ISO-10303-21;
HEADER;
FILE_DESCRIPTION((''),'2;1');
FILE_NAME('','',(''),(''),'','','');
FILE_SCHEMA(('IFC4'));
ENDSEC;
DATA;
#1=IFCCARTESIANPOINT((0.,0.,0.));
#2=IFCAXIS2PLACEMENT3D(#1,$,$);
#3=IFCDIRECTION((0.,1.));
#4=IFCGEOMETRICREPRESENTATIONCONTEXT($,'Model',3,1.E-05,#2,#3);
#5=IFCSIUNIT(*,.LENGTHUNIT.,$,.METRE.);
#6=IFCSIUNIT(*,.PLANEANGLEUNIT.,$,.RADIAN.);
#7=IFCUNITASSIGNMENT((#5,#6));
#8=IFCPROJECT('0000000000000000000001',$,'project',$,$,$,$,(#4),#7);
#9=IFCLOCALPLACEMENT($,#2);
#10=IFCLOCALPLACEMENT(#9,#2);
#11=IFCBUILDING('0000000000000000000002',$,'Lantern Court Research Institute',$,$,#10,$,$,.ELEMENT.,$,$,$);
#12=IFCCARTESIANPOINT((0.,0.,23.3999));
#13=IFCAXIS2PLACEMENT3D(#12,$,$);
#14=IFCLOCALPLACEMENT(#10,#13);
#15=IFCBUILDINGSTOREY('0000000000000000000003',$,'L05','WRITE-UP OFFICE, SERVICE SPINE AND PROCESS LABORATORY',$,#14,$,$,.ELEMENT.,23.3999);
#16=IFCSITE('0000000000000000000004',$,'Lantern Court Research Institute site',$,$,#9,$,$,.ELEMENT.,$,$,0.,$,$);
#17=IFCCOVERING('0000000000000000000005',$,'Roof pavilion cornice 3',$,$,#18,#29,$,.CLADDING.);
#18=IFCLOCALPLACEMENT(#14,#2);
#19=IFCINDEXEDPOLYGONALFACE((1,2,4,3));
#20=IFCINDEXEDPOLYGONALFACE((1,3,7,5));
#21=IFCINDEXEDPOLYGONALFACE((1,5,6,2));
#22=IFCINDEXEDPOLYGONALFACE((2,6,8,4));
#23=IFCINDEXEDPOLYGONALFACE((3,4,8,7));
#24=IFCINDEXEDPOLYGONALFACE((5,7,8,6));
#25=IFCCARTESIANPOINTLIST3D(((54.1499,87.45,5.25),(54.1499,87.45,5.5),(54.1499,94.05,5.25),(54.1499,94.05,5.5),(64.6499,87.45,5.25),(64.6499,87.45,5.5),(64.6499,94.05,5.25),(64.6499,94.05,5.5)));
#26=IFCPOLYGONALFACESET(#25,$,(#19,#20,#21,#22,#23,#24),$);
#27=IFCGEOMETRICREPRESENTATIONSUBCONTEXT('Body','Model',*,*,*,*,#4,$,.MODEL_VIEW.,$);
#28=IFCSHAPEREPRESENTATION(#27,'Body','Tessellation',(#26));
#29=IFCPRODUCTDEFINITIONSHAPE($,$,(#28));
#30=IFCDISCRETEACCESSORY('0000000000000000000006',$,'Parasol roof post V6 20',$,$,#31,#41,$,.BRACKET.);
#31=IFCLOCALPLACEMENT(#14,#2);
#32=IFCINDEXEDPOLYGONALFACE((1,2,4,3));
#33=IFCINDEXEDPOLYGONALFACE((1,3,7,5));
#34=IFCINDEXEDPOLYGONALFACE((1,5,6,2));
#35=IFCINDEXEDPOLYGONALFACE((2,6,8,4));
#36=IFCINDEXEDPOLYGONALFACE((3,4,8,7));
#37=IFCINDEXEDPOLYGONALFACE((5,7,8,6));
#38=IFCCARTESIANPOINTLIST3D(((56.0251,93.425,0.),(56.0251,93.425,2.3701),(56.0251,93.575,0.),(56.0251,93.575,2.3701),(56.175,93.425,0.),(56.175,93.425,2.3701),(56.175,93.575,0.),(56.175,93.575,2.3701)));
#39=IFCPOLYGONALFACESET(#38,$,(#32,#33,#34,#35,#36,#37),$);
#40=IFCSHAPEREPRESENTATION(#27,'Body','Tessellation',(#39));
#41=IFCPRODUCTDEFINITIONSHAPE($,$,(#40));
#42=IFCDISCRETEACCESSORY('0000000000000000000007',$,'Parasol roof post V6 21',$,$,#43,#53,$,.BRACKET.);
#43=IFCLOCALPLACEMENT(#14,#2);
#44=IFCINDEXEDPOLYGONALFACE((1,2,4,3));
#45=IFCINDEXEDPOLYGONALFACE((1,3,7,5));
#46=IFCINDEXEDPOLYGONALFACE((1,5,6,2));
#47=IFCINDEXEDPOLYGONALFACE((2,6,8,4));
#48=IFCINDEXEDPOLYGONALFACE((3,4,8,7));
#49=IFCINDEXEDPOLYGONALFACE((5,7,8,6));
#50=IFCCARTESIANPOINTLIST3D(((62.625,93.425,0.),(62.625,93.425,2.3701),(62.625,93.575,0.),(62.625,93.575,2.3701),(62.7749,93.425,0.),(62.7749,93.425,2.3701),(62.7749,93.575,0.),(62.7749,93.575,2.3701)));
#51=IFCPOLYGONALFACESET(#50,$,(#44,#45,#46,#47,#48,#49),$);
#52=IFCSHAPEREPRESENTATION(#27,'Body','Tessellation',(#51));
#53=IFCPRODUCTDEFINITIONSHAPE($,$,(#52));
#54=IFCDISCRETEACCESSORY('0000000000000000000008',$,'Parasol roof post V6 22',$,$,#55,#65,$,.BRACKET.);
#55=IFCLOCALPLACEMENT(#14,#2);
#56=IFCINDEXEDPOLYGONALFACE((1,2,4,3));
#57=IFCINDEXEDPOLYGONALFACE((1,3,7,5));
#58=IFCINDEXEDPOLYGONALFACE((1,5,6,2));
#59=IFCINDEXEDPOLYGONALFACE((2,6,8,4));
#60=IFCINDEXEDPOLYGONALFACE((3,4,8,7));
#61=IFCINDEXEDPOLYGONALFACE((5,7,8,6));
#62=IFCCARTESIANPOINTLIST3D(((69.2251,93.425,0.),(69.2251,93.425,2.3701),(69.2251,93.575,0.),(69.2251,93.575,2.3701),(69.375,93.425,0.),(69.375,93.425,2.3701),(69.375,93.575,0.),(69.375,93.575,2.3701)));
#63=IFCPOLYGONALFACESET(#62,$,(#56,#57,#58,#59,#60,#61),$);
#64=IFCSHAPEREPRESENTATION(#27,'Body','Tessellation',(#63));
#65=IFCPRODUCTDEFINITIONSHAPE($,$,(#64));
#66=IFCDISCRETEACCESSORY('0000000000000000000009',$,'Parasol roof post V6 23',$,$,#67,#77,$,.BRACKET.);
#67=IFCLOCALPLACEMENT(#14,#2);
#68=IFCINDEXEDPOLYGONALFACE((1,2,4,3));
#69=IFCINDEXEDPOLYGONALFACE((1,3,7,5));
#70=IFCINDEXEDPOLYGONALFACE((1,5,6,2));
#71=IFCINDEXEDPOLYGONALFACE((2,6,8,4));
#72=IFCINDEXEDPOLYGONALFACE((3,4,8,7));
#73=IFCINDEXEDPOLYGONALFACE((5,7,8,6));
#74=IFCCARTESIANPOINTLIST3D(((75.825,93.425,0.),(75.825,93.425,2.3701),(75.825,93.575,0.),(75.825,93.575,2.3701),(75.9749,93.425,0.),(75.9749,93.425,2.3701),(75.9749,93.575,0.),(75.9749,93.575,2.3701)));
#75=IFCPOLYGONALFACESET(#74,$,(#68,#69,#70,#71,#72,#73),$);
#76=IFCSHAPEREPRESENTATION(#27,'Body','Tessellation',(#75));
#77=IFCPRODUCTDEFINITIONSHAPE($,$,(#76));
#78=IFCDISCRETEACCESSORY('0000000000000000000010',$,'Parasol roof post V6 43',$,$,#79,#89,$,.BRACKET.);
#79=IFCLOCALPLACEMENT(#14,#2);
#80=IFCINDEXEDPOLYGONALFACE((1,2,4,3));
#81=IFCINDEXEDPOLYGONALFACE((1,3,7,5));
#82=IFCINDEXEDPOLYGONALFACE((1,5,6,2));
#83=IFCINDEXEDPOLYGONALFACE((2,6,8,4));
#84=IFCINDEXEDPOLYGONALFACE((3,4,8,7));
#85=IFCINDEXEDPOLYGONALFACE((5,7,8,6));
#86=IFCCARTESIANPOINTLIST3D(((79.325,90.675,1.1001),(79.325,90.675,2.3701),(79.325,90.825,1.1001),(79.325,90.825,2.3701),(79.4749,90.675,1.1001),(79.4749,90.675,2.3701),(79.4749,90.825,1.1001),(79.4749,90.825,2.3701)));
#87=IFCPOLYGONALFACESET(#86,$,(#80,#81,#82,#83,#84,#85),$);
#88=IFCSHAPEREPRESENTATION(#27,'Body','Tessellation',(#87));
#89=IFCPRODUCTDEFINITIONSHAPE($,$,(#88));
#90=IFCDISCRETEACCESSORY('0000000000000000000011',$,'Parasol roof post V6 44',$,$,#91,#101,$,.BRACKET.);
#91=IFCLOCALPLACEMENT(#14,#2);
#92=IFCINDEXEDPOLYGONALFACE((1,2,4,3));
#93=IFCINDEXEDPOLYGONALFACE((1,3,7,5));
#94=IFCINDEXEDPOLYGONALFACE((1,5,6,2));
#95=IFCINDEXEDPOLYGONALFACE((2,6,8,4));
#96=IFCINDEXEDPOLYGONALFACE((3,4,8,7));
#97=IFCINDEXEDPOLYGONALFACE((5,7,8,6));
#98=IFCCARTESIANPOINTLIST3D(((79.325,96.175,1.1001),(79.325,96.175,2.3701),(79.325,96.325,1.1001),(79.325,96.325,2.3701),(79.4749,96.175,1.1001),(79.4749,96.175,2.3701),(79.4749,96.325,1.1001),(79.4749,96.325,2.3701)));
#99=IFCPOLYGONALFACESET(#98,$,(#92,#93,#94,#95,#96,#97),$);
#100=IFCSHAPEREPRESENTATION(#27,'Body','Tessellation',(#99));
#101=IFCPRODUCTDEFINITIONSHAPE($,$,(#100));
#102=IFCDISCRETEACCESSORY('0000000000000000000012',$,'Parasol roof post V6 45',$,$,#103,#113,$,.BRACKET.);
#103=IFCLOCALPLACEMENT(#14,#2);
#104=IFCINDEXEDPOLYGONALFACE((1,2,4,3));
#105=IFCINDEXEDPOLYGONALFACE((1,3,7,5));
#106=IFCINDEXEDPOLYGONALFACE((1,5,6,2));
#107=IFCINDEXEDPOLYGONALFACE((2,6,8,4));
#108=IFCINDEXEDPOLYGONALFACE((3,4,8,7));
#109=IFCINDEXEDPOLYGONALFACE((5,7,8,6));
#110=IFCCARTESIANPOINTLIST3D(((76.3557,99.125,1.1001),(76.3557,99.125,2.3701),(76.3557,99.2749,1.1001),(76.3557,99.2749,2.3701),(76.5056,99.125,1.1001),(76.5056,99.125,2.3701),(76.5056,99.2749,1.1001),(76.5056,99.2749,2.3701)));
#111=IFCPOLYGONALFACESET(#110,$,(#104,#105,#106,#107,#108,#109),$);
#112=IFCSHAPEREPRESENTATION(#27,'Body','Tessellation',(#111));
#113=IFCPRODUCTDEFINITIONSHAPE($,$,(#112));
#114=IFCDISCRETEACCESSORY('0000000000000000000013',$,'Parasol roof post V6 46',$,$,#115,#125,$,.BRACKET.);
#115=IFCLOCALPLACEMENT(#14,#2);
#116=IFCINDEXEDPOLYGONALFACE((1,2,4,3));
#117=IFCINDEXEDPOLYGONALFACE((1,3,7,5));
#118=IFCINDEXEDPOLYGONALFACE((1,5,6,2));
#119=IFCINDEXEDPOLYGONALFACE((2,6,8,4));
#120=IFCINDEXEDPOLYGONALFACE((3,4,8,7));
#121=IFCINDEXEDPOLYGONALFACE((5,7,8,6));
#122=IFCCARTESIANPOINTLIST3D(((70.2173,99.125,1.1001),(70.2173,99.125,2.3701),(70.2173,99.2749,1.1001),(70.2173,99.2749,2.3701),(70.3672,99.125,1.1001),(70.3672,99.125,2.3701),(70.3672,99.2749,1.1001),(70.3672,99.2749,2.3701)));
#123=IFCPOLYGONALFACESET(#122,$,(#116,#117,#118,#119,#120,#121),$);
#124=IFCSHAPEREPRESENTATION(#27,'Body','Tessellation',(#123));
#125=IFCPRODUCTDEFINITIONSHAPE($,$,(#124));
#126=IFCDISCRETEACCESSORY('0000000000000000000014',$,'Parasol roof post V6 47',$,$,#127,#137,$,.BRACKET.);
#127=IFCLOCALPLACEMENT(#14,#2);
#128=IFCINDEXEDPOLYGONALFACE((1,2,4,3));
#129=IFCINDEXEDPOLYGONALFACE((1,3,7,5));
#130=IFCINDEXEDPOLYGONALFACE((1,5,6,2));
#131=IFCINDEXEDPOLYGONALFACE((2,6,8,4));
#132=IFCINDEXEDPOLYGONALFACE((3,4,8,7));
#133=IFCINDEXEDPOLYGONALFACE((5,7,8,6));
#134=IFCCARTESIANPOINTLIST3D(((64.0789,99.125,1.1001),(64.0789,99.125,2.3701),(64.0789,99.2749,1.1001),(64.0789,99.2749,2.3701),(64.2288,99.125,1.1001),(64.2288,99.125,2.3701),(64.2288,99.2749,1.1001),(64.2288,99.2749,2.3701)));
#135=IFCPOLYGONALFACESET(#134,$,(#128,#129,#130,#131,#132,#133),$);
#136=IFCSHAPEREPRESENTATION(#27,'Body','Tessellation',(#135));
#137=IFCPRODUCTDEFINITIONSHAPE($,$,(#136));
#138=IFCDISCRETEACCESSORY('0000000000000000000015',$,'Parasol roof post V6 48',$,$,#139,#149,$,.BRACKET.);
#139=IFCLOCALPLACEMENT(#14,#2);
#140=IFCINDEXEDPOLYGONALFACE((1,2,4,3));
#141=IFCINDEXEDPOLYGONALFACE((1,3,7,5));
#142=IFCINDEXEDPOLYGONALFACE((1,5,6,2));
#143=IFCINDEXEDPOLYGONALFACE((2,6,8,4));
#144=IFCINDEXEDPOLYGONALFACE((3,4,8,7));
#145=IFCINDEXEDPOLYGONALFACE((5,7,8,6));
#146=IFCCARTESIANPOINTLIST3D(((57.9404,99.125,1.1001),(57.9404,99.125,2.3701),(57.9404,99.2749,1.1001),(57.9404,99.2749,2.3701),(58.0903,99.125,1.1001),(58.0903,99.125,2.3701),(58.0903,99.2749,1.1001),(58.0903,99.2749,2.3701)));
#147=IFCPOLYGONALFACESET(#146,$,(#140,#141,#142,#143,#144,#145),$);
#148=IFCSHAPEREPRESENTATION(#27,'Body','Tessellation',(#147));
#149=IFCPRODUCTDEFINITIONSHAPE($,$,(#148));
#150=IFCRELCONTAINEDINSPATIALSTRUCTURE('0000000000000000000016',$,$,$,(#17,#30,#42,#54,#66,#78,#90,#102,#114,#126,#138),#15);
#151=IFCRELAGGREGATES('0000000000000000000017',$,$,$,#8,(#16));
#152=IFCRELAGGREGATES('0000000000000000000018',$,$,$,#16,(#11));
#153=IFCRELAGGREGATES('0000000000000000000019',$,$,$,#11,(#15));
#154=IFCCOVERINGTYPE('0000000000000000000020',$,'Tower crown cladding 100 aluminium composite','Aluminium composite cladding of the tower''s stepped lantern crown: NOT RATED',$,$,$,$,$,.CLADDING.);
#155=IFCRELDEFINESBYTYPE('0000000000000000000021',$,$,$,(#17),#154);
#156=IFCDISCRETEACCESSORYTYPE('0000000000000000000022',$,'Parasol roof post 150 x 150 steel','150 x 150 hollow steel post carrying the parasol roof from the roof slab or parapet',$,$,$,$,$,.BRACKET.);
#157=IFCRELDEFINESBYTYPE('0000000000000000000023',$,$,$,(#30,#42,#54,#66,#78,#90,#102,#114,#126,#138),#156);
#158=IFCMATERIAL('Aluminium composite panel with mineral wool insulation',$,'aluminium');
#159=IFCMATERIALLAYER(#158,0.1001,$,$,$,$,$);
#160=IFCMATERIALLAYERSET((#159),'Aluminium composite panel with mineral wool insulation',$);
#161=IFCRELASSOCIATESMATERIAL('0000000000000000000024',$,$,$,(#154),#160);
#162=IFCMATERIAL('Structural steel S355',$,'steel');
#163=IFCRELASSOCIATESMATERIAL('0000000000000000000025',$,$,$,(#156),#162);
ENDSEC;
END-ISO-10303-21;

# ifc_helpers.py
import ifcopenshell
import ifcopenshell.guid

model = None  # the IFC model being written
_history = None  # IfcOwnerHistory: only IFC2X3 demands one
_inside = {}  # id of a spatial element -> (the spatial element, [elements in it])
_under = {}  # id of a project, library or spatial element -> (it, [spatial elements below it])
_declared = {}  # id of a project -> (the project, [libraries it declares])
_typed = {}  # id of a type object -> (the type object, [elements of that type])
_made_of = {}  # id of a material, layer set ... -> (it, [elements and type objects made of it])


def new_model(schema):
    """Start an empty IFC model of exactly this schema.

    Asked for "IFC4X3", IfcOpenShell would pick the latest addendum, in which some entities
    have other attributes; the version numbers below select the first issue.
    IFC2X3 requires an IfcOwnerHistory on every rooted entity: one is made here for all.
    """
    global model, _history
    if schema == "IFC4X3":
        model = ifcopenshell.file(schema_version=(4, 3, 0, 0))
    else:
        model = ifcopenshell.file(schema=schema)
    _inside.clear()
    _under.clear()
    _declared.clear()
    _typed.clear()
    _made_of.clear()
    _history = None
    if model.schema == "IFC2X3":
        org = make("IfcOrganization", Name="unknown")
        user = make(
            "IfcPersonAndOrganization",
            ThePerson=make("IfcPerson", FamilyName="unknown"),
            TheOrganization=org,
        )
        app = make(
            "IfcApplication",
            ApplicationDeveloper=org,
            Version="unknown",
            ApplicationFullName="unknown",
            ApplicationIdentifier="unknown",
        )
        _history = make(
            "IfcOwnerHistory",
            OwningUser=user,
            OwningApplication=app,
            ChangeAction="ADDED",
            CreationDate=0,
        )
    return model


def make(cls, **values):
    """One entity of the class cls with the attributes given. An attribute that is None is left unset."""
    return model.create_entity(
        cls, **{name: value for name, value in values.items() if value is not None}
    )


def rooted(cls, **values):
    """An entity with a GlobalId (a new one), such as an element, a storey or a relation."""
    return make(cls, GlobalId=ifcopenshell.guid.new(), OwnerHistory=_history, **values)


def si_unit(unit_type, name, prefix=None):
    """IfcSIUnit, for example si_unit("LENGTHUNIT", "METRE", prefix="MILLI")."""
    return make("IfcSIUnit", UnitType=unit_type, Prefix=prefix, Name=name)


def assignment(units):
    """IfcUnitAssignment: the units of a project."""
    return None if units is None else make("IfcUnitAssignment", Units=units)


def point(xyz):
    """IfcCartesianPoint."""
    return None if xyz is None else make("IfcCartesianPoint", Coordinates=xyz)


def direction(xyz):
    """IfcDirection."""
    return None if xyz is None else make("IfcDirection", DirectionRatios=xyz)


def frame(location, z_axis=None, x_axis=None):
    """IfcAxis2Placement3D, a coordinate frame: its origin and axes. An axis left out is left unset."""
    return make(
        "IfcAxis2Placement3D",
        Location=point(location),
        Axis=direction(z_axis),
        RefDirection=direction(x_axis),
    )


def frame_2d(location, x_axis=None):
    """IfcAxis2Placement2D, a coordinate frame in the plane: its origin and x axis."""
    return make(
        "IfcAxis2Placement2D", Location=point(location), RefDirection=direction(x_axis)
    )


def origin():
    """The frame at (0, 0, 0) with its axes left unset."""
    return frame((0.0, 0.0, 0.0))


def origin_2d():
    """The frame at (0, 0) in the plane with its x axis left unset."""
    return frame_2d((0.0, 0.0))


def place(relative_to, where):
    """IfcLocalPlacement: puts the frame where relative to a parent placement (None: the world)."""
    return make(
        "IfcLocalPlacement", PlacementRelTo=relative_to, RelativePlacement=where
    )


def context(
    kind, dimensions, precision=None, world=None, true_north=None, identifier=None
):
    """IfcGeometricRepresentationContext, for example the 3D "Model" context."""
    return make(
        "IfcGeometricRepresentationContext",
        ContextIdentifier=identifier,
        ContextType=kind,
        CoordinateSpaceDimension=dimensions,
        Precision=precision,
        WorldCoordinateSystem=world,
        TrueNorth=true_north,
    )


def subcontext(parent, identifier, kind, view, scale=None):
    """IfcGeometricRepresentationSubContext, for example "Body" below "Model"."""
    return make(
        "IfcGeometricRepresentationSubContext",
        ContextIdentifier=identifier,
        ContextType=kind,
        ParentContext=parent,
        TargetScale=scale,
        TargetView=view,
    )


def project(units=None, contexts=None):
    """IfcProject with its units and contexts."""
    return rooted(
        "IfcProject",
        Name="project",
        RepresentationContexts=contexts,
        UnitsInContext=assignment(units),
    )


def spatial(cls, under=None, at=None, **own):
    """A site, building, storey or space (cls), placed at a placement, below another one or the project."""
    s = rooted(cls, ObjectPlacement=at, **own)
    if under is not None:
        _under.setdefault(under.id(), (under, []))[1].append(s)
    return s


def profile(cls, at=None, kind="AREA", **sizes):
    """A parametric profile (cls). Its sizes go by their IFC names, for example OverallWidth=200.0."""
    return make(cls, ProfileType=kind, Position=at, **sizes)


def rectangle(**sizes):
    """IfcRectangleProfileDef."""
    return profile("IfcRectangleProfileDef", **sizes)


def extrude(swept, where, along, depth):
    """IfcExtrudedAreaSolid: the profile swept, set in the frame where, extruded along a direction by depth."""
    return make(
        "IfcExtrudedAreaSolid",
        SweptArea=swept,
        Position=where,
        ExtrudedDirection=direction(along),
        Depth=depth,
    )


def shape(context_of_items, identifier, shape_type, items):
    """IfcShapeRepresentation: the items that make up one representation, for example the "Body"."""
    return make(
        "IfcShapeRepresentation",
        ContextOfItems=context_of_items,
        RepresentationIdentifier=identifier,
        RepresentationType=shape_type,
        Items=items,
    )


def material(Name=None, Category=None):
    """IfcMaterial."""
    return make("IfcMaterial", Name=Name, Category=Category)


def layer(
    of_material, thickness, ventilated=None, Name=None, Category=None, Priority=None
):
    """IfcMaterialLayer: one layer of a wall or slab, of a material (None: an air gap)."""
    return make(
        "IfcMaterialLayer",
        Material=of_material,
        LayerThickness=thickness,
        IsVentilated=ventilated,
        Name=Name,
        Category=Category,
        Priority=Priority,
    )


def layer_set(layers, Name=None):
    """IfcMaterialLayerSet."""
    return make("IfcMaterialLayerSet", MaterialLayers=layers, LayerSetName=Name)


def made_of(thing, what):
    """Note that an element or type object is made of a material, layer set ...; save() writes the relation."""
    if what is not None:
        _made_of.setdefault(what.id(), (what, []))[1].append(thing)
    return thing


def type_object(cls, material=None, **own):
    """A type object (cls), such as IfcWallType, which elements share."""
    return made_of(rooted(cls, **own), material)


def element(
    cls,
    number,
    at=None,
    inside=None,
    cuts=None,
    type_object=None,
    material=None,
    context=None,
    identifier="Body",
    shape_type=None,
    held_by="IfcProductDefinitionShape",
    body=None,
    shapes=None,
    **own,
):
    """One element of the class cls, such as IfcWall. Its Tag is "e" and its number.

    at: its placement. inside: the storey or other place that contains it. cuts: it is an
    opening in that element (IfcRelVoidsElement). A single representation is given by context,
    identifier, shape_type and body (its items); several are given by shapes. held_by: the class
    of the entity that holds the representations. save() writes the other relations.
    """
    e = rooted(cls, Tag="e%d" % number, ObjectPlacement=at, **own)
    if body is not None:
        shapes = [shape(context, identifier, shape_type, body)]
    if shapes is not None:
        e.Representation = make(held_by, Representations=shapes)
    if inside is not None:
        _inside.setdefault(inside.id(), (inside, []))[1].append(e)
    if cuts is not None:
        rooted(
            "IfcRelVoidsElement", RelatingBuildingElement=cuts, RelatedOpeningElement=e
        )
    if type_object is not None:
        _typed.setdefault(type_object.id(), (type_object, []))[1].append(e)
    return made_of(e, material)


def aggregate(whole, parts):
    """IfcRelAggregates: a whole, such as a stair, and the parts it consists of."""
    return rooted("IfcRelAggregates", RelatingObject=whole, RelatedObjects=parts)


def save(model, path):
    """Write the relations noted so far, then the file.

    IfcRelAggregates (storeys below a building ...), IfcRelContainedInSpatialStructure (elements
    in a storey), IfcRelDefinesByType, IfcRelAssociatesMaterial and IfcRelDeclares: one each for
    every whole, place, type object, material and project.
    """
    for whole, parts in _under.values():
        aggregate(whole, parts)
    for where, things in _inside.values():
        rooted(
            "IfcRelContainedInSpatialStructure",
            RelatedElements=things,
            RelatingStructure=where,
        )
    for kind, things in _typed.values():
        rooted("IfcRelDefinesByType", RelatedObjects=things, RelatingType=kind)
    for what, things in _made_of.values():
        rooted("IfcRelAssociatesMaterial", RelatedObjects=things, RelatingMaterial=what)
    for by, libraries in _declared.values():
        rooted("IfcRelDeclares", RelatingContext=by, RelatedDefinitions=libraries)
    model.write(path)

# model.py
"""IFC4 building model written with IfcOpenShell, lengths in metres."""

from ifc_helpers import new_model, si_unit, direction, frame, origin, origin_2d, place, context, subcontext, project, spatial, rectangle, extrude, material, layer, layer_set, type_object, element, save


model = new_model("IFC4")

# Units and contexts
model_context = context("Model", 3, precision=1e-05, world=origin(), true_north=direction((0.0, 1.0)))
body_context = subcontext(model_context, "Body", "Model", "MODEL_VIEW")
ifc_project = project(units=[si_unit("LENGTHUNIT", "METRE"), si_unit("PLANEANGLEUNIT", "RADIAN")], contexts=[model_context])

# Site, building, storey
site_placement = place(None, origin())
site = spatial("IfcSite", under=ifc_project, at=site_placement, Name="Lantern Court Research Institute site", CompositionType="ELEMENT", RefElevation=0.0)
building_placement = place(site_placement, origin())
building = spatial("IfcBuilding", under=site, at=building_placement, Name="Lantern Court Research Institute", CompositionType="ELEMENT")
storey_placement = place(building_placement, frame((0.0, 0.0, 23.3999)))
storey = spatial("IfcBuildingStorey", under=building, at=storey_placement, Name="L05", Description="WRITE-UP OFFICE, SERVICE SPINE AND PROCESS LABORATORY", CompositionType="ELEMENT", Elevation=23.3999)

# Covering
ifc_material_1 = material(Name="Aluminium composite panel with mineral wool insulation", Category="aluminium")
ifc_layer_1 = layer(ifc_material_1, 0.1001)
ifc_layer_set_1 = layer_set([ifc_layer_1], Name="Aluminium composite panel with mineral wool insulation")
covering_type_1 = type_object("IfcCoveringType", Name="Tower crown cladding 100 aluminium composite", Description="Aluminium composite cladding of the tower's stepped lantern crown: NOT RATED", PredefinedType="CLADDING", material=ifc_layer_set_1)
covering_1_placement = place(storey_placement, frame((59.3999, 90.75, 5.25), z_axis=(0.0, 0.0, 1.0), x_axis=(1.0, 0.0, 0.0)))
element("IfcCovering", 1, at=covering_1_placement, inside=storey, type_object=covering_type_1, Name="Roof pavilion cornice 3", PredefinedType="CLADDING", context=body_context, shape_type="SweptSolid", body=[
    extrude(rectangle(XDim=10.5, YDim=6.6001, at=origin_2d()), origin(), (0.0, 0.0, 1.0), 0.25),
])

# Discrete accessories
ifc_material_2 = material(Name="Structural steel S355", Category="steel")
discrete_accessory_type = type_object("IfcDiscreteAccessoryType", Name="Parasol roof post 150 x 150 steel", Description="150 x 150 hollow steel post carrying the parasol roof from the roof slab or parapet", PredefinedType="BRACKET", material=ifc_material_2)
for number, where, z_axis, x_axis, name in (
    (2, (56.1001, 93.5, 0.0), (0.0, 0.0, 1.0), (1.0, 0.0, 0.0), "Parasol roof post V6 20"),
    (3, (62.7, 93.5, 0.0), (0.0, 0.0, 1.0), (1.0, 0.0, 0.0), "Parasol roof post V6 21"),
    (4, (69.3, 93.5, 0.0), (0.0, 0.0, 1.0), (1.0, 0.0, 0.0), "Parasol roof post V6 22"),
    (5, (75.8999, 93.5, 0.0), (0.0, 0.0, 1.0), (1.0, 0.0, 0.0), "Parasol roof post V6 23"),
):
    element("IfcDiscreteAccessory", number, at=place(storey_placement, frame(where, z_axis=z_axis, x_axis=x_axis)), inside=storey, type_object=discrete_accessory_type, Name=name, PredefinedType="BRACKET", context=body_context, shape_type="SweptSolid", body=[
        extrude(rectangle(XDim=0.1499, YDim=0.1499, at=origin_2d()), origin(), (0.0, 0.0, 1.0), 2.3701),
    ])
for number, where, z_axis, x_axis, name in (
    (6, (79.3999, 90.75, 1.1001), (0.0, 0.0, 1.0), (1.0, 0.0, 0.0), "Parasol roof post V6 43"),
    (7, (79.3999, 96.25, 1.1001), (0.0, 0.0, 1.0), (1.0, 0.0, 0.0), "Parasol roof post V6 44"),
    (8, (76.4307, 99.2, 1.1001), (0.0, 0.0, 1.0), (1.0, 0.0, 0.0), "Parasol roof post V6 45"),
    (9, (70.2922, 99.2, 1.1001), (0.0, 0.0, 1.0), (1.0, 0.0, 0.0), "Parasol roof post V6 46"),
    (10, (64.1538, 99.2, 1.1001), (0.0, 0.0, 1.0), (1.0, 0.0, 0.0), "Parasol roof post V6 47"),
    (11, (58.0154, 99.2, 1.1001), (0.0, 0.0, 1.0), (1.0, 0.0, 0.0), "Parasol roof post V6 48"),
):
    element("IfcDiscreteAccessory", number, at=place(storey_placement, frame(where, z_axis=z_axis, x_axis=x_axis)), inside=storey, type_object=discrete_accessory_type, Name=name, PredefinedType="BRACKET", context=body_context, shape_type="SweptSolid", body=[
        extrude(rectangle(XDim=0.1499, YDim=0.1499, at=origin_2d()), origin(), (0.0, 0.0, 1.0), 1.27),
    ])

save(model, "model.ifc")
